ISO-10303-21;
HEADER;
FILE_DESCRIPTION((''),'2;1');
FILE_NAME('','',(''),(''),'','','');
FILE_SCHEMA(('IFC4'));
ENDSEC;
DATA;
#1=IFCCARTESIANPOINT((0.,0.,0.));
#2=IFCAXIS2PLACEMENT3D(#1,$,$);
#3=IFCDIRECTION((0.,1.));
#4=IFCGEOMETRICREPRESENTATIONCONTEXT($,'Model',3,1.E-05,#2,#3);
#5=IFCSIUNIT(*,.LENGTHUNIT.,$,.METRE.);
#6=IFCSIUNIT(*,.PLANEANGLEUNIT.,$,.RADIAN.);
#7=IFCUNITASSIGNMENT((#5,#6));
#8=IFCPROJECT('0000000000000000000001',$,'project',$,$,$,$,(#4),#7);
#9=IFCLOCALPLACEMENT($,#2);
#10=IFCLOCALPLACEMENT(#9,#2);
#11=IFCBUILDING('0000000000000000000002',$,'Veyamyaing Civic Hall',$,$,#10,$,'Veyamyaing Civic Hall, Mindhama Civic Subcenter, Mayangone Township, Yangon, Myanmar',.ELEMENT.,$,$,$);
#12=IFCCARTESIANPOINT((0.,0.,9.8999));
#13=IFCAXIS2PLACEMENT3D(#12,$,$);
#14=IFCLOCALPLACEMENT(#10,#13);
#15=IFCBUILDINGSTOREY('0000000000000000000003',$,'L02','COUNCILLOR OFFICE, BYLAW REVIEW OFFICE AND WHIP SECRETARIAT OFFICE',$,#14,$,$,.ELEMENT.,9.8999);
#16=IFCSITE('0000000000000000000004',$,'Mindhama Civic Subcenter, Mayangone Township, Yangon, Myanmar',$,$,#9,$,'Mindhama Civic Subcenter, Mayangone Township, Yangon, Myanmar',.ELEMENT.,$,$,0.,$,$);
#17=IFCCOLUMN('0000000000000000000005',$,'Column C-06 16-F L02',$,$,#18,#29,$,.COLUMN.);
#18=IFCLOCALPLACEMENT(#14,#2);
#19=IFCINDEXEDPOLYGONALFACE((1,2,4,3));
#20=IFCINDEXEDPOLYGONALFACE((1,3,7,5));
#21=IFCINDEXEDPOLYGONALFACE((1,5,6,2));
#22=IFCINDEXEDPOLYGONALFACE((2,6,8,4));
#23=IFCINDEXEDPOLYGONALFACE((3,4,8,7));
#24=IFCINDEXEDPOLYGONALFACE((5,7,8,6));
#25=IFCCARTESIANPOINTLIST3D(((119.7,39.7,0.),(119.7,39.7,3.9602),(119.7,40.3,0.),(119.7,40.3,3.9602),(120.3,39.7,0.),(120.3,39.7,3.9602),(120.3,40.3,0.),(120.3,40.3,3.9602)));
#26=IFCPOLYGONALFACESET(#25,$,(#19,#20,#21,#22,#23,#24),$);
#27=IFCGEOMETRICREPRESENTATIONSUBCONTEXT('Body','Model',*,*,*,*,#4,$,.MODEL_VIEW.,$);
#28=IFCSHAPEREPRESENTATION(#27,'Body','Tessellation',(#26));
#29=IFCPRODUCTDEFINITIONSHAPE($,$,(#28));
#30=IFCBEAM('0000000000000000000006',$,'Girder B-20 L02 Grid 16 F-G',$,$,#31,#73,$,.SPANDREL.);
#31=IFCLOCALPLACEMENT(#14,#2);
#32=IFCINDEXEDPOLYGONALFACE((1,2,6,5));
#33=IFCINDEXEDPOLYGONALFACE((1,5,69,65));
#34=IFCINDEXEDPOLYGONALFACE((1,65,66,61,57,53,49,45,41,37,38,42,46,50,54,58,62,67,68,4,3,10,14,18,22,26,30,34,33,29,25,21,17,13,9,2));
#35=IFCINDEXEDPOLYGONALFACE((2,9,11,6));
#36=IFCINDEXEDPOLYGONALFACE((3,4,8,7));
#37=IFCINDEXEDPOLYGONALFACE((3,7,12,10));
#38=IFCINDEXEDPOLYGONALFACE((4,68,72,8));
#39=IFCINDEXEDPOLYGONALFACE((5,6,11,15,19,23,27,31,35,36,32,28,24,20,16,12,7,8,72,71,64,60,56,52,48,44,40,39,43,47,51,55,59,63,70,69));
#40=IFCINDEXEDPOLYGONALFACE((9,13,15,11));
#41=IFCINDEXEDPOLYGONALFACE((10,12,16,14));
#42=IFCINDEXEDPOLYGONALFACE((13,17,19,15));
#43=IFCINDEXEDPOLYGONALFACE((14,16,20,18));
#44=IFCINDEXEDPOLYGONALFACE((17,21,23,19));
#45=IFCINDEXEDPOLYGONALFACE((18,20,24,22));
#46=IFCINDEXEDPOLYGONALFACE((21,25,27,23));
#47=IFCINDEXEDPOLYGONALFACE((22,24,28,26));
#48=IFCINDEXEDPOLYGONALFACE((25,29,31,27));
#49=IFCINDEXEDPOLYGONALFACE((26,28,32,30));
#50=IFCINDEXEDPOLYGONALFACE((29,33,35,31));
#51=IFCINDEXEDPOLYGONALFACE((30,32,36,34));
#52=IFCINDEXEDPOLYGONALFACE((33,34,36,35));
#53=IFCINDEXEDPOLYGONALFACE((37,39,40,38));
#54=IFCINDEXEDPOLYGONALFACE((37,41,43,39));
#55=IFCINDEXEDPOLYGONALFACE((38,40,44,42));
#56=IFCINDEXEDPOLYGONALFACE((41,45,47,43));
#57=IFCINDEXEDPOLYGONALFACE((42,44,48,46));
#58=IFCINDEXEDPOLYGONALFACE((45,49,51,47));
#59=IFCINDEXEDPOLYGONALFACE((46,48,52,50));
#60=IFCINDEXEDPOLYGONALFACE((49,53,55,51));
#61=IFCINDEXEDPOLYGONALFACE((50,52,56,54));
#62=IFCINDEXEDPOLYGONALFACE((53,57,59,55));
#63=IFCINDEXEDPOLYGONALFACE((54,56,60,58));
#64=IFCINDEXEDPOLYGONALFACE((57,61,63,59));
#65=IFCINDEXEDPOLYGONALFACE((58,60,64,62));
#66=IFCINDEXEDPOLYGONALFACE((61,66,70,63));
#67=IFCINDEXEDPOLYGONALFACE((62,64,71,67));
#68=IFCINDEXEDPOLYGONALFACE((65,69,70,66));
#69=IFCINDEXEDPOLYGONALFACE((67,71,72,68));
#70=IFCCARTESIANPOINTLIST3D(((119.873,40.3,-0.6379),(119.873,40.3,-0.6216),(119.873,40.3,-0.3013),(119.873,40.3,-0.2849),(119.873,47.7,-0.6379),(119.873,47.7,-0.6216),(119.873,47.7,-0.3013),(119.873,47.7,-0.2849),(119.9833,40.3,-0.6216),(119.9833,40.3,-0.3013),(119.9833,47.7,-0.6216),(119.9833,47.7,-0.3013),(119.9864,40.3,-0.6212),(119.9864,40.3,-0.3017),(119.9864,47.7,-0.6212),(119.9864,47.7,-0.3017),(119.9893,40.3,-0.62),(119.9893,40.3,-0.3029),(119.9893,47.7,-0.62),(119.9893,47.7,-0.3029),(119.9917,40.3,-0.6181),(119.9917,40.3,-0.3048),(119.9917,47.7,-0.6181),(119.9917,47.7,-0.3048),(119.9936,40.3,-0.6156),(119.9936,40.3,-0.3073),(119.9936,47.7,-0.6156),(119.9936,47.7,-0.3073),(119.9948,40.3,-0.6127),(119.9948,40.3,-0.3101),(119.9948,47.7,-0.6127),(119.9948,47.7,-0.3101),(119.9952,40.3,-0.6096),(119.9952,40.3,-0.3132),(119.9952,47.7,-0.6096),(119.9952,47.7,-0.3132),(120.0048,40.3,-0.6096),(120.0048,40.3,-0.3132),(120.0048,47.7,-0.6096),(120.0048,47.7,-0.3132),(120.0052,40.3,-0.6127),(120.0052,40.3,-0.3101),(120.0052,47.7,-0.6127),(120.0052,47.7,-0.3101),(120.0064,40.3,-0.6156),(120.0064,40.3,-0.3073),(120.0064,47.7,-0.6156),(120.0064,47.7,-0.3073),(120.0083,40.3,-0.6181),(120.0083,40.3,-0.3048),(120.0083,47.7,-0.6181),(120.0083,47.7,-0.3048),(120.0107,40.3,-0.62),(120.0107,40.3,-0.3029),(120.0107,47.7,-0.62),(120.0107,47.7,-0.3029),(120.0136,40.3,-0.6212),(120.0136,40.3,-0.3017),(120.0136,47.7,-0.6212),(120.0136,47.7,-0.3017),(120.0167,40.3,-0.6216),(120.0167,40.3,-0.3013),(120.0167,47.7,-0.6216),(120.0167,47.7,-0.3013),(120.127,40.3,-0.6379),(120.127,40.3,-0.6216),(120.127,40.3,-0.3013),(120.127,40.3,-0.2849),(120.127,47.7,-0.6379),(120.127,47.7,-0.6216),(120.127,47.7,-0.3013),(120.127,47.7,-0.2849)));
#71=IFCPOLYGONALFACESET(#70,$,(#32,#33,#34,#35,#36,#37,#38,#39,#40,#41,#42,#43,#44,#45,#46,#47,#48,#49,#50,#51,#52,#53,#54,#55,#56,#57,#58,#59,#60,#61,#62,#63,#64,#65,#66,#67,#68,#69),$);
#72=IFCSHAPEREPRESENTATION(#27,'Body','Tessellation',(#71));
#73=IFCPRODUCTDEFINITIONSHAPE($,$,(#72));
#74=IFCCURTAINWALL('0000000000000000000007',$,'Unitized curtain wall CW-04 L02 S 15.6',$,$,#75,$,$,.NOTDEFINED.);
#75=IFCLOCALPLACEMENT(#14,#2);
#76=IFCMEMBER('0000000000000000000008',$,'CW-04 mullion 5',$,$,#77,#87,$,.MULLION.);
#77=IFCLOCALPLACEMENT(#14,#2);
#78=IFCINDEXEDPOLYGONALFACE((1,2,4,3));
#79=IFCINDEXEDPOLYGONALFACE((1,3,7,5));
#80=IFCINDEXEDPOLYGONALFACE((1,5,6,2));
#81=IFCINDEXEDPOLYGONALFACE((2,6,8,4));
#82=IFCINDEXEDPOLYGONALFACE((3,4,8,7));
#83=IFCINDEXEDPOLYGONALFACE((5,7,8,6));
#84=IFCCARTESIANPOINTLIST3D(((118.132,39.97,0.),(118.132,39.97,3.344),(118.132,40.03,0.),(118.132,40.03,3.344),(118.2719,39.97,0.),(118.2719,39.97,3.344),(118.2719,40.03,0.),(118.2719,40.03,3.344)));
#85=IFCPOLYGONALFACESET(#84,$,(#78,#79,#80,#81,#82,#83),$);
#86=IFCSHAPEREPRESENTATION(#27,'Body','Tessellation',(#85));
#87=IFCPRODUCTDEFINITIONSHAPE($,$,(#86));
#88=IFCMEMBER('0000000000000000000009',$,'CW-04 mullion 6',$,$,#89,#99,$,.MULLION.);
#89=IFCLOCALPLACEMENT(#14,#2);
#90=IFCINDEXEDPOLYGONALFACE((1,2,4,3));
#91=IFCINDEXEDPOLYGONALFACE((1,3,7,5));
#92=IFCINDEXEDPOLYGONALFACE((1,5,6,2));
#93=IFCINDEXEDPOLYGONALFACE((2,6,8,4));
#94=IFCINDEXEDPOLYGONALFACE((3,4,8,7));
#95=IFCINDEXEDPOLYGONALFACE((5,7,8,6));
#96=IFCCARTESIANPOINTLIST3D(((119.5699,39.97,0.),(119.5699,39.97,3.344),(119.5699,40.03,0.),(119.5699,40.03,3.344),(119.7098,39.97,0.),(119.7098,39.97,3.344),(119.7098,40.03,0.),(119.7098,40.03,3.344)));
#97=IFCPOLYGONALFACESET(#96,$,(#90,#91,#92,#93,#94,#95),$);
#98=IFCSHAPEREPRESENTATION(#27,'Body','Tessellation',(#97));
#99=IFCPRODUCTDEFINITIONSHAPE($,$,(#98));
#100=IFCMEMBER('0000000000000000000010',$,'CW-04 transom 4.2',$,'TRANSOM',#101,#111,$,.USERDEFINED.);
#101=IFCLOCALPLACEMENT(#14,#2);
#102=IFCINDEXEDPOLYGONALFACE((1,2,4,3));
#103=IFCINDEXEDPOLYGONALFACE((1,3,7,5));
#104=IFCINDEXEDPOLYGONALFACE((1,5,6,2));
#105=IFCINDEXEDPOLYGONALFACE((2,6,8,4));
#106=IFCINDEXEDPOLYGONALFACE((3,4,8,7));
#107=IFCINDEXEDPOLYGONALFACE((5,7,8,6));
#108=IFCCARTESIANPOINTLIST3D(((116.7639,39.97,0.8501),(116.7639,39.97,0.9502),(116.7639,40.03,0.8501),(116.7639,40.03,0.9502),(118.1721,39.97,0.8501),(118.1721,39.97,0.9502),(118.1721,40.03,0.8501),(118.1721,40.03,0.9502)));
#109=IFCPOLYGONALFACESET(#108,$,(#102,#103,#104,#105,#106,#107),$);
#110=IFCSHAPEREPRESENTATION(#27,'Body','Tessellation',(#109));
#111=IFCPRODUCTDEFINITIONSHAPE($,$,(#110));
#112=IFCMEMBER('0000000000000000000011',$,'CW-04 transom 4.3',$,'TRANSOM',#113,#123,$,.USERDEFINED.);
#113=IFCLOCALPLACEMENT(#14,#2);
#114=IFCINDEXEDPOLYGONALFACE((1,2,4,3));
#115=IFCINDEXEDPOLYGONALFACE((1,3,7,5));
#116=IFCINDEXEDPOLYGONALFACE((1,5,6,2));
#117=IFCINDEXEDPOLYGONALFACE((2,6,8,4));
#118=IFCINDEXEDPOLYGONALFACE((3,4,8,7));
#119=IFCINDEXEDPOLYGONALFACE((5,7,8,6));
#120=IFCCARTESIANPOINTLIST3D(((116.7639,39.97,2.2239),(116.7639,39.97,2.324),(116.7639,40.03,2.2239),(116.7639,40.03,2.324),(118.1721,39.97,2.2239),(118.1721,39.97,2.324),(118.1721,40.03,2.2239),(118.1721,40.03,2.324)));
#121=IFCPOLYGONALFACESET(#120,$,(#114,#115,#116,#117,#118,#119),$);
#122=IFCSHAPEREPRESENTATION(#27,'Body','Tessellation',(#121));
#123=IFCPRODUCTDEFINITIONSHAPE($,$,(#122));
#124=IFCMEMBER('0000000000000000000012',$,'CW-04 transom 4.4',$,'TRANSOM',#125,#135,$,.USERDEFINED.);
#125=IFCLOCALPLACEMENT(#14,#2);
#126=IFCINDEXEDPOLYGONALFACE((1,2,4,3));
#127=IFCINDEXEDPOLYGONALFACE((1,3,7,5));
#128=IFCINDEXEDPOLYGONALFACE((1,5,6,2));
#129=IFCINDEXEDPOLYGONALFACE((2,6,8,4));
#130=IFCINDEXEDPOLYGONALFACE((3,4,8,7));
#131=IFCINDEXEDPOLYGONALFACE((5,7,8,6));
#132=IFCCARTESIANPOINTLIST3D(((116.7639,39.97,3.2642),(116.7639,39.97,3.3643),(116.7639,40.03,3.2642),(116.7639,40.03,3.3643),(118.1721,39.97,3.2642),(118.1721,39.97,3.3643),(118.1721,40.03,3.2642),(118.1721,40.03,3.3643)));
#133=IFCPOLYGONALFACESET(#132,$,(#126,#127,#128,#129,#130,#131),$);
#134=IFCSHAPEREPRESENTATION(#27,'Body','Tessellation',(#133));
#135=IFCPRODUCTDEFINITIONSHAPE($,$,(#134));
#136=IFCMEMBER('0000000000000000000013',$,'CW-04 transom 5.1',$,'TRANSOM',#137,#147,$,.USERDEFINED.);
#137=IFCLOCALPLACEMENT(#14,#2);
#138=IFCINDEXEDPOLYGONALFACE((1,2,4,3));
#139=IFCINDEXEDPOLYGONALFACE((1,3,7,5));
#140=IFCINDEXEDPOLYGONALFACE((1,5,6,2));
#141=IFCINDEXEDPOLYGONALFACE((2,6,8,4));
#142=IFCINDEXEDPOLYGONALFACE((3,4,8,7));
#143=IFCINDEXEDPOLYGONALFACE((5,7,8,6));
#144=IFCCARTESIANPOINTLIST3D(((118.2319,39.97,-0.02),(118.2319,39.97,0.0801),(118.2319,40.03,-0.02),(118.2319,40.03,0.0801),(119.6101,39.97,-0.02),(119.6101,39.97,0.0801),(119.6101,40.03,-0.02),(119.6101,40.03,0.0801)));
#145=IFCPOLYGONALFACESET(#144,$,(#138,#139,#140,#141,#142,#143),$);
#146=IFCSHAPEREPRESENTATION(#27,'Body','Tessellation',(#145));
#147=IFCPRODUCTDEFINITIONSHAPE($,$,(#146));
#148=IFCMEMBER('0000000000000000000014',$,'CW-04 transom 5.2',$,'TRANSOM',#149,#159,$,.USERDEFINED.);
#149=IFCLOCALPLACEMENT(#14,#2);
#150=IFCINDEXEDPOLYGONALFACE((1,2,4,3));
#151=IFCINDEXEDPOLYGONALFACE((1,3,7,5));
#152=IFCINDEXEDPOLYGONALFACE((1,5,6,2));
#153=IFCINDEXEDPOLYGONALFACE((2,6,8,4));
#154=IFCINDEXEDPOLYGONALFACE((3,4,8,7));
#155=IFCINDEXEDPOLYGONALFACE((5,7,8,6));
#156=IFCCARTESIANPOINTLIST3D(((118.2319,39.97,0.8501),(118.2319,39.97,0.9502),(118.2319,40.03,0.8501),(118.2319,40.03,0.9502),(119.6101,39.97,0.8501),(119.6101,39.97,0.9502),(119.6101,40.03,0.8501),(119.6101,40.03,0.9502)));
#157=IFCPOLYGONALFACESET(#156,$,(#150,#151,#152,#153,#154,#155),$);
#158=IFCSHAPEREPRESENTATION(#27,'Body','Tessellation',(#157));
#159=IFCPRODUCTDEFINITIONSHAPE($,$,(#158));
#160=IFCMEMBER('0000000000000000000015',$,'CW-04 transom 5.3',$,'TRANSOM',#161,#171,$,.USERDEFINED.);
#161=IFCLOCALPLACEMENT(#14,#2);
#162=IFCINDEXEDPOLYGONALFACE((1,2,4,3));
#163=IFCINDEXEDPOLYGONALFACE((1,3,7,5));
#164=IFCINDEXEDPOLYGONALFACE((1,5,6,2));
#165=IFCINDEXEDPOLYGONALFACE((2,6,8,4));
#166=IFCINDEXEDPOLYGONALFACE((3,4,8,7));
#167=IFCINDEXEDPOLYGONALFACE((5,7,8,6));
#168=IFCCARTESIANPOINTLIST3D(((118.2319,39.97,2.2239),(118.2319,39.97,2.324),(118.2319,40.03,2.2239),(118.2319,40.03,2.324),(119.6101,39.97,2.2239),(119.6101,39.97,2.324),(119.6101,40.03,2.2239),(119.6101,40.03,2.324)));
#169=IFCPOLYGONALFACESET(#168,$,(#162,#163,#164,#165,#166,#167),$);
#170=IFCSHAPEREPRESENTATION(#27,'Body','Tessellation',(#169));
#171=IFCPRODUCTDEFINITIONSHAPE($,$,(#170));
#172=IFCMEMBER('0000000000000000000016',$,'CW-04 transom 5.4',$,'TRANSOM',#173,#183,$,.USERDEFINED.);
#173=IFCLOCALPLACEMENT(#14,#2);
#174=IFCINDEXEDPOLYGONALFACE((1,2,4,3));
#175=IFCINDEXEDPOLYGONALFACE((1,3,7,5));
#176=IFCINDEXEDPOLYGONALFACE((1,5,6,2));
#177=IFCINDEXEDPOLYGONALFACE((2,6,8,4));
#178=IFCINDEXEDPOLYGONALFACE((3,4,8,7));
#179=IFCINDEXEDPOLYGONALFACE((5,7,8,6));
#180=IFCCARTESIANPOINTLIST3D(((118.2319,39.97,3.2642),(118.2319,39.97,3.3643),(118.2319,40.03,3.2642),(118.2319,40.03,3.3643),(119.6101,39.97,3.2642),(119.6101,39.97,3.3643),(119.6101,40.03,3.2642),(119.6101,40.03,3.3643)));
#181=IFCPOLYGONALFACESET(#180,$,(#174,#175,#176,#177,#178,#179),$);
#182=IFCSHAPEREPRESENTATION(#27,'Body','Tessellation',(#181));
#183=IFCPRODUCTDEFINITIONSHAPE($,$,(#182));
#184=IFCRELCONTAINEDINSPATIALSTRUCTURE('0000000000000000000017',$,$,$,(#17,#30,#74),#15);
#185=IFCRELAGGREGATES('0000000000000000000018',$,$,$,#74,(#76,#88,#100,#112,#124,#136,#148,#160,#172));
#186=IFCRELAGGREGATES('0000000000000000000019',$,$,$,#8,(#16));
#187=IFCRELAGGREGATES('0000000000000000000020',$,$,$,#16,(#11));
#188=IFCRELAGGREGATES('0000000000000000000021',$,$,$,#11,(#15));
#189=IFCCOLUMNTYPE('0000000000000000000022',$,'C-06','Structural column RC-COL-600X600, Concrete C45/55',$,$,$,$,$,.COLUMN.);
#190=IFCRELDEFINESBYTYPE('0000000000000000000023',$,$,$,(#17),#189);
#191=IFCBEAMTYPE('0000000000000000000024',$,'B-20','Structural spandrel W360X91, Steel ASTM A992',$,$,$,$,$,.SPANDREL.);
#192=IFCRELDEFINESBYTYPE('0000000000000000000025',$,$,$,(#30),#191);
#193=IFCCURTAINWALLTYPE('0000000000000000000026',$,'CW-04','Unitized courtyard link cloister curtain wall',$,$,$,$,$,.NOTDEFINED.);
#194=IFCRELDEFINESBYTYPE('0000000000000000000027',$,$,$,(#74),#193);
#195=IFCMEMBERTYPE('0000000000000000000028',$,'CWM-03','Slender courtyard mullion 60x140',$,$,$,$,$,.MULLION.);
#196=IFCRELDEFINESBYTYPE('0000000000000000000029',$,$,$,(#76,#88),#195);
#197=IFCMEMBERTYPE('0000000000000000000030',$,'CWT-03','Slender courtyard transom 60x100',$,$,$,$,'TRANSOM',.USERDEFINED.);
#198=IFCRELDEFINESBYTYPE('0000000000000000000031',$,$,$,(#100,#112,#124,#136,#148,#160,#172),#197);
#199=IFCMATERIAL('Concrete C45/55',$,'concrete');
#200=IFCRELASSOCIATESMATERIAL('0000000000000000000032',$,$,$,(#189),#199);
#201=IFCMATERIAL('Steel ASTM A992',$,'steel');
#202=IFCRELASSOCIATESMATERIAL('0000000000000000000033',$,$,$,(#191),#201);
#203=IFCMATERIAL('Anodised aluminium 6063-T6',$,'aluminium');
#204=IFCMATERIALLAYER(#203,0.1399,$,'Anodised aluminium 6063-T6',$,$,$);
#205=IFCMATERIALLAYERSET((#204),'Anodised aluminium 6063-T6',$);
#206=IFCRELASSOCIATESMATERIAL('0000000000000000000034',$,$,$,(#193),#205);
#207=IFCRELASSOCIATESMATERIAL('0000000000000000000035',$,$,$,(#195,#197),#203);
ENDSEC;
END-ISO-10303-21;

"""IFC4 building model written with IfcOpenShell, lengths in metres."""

from ifc_helpers import new_model, si_unit, direction, frame, origin, origin_2d, place, context, subcontext, project, spatial, rectangle, i_section, extrude, material, layer, layer_set, material_profile, profile_set, type_object, element, aggregate, save


model = new_model("IFC4")

# Units and contexts
model_context = context("Model", 3, precision=1e-05, world=origin(), true_north=direction((0.0, 1.0)))
body_context = subcontext(model_context, "Body", "Model", "MODEL_VIEW")
ifc_project = project(units=[si_unit("LENGTHUNIT", "METRE"), si_unit("PLANEANGLEUNIT", "RADIAN")], contexts=[model_context])

# Site, building, storey
site_placement = place(None, origin())
site = spatial("IfcSite", under=ifc_project, at=site_placement, Name="Mindhama Civic Subcenter, Mayangone Township, Yangon, Myanmar", LongName="Mindhama Civic Subcenter, Mayangone Township, Yangon, Myanmar", CompositionType="ELEMENT", RefElevation=0.0)
building_placement = place(site_placement, origin())
building = spatial("IfcBuilding", under=site, at=building_placement, Name="Veyamyaing Civic Hall", LongName="Veyamyaing Civic Hall, Mindhama Civic Subcenter, Mayangone Township, Yangon, Myanmar", CompositionType="ELEMENT")
storey_placement = place(building_placement, frame((0.0, 0.0, 9.8999)))
storey = spatial("IfcBuildingStorey", under=building, at=storey_placement, Name="L02", Description="COUNCILLOR OFFICE, BYLAW REVIEW OFFICE AND WHIP SECRETARIAT OFFICE", CompositionType="ELEMENT", Elevation=9.8999)

# Column
ifc_material_1 = material(Name="Concrete C45/55", Category="concrete")
ifc_material_profile_1 = material_profile(ifc_material_1, rectangle(XDim=0.6001, YDim=0.6001, at=origin_2d()), Name="RC-COL-600X600")
ifc_profile_set_1 = profile_set([ifc_material_profile_1], Name="Concrete C45/55")
column_type = type_object("IfcColumnType", Name="C-06", Description="Structural column RC-COL-600X600, Concrete C45/55", PredefinedType="COLUMN", material=ifc_profile_set_1)
column_placement = place(storey_placement, frame((120.0, 40.0, 0.0), z_axis=(0.0, 0.0, 1.0), x_axis=(1.0, 0.0, 0.0)))
element("IfcColumn", 1, at=column_placement, inside=storey, type_object=column_type, Name="Column C-06 16-F L02", PredefinedType="COLUMN", context=body_context, shape_type="SweptSolid", body=[
    extrude(rectangle(XDim=0.6001, YDim=0.6001, at=origin_2d()), origin(), (0.0, 0.0, 1.0), 3.9602),
])

# Beam
ifc_material_2 = material(Name="Steel ASTM A992", Category="steel")
ifc_material_profile_2 = material_profile(ifc_material_2, i_section(OverallWidth=0.2539, OverallDepth=0.353, WebThickness=0.0095, FlangeThickness=0.0164, FilletRadius=0.012, at=origin_2d()), Name="W360X91")
ifc_profile_set_2 = profile_set([ifc_material_profile_2], Name="Steel ASTM A992")
beam_type = type_object("IfcBeamType", Name="B-20", Description="Structural spandrel W360X91, Steel ASTM A992", PredefinedType="SPANDREL", material=ifc_profile_set_2)
beam_placement = place(storey_placement, frame((120.0, 40.3, -0.4614), z_axis=(0.0, 1.0, 0.0), x_axis=(-1.0, 0.0, 0.0)))
element("IfcBeam", 2, at=beam_placement, inside=storey, type_object=beam_type, Name="Girder B-20 L02 Grid 16 F-G", PredefinedType="SPANDREL", context=body_context, shape_type="SweptSolid", body=[
    extrude(i_section(OverallWidth=0.2539, OverallDepth=0.353, WebThickness=0.0095, FlangeThickness=0.0164, FilletRadius=0.012, at=origin_2d()), origin(), (0.0, 0.0, 1.0), 7.3999),
])

# Curtain wall, members
ifc_material_3 = material(Name="Anodised aluminium 6063-T6", Category="aluminium")
ifc_layer_1 = layer(ifc_material_3, 0.1399, Name="Anodised aluminium 6063-T6")
ifc_layer_set_1 = layer_set([ifc_layer_1], Name="Anodised aluminium 6063-T6")
curtain_wall_type = type_object("IfcCurtainWallType", Name="CW-04", Description="Unitized courtyard link cloister curtain wall", PredefinedType="NOTDEFINED", material=ifc_layer_set_1)
curtain_wall_placement = place(storey_placement, origin())
curtain_wall = element("IfcCurtainWall", 3, at=curtain_wall_placement, inside=storey, type_object=curtain_wall_type, Name="Unitized curtain wall CW-04 L02 S 15.6", PredefinedType="NOTDEFINED")
ifc_material_profile_3 = material_profile(ifc_material_3, rectangle(XDim=0.0601, YDim=0.1399, at=origin_2d()), Name="ALU-MUL-60X140")
ifc_profile_set_3 = profile_set([ifc_material_profile_3], Name="Anodised aluminium 6063-T6")
member_type_1 = type_object("IfcMemberType", Name="CWM-03", Description="Slender courtyard mullion 60x140", PredefinedType="MULLION", material=ifc_profile_set_3)
member_1_placement = place(storey_placement, frame((118.2019, 40.0, 0.0), z_axis=(0.0, 0.0, 1.0), x_axis=(0.0, 1.0, 0.0)))
member_1 = element("IfcMember", 4, at=member_1_placement, type_object=member_type_1, Name="CW-04 mullion 5", PredefinedType="MULLION", context=body_context, shape_type="SweptSolid", body=[
    extrude(rectangle(XDim=0.0601, YDim=0.1399, at=origin_2d()), origin(), (0.0, 0.0, 1.0), 3.344),
])
member_2_placement = place(storey_placement, frame((119.6399, 40.0, 0.0), z_axis=(0.0, 0.0, 1.0), x_axis=(0.0, 1.0, 0.0)))
member_2 = element("IfcMember", 5, at=member_2_placement, type_object=member_type_1, Name="CW-04 mullion 6", PredefinedType="MULLION", context=body_context, shape_type="SweptSolid", body=[
    extrude(rectangle(XDim=0.0601, YDim=0.1399, at=origin_2d()), origin(), (0.0, 0.0, 1.0), 3.344),
])
ifc_material_profile_4 = material_profile(ifc_material_3, rectangle(XDim=0.0601, YDim=0.1001, at=origin_2d()), Name="ALU-TRN-60X100")
ifc_profile_set_4 = profile_set([ifc_material_profile_4], Name="Anodised aluminium 6063-T6")
member_type_2 = type_object("IfcMemberType", Name="CWT-03", Description="Slender courtyard transom 60x100", ElementType="TRANSOM", PredefinedType="USERDEFINED", material=ifc_profile_set_4)
member_3_placement = place(storey_placement, frame((116.7639, 40.0, 0.9001), z_axis=(1.0, 0.0, 0.0), x_axis=(0.0, 1.0, 0.0)))
member_3 = element("IfcMember", 6, at=member_3_placement, type_object=member_type_2, Name="CW-04 transom 4.2", ObjectType="TRANSOM", PredefinedType="USERDEFINED", context=body_context, shape_type="SweptSolid", body=[
    extrude(rectangle(XDim=0.0601, YDim=0.1001, at=origin_2d()), origin(), (0.0, 0.0, 1.0), 1.4082),
])
member_4_placement = place(storey_placement, frame((116.7639, 40.0, 2.2739), z_axis=(1.0, 0.0, 0.0), x_axis=(0.0, 1.0, 0.0)))
member_4 = element("IfcMember", 7, at=member_4_placement, type_object=member_type_2, Name="CW-04 transom 4.3", ObjectType="TRANSOM", PredefinedType="USERDEFINED", context=body_context, shape_type="SweptSolid", body=[
    extrude(rectangle(XDim=0.0601, YDim=0.1001, at=origin_2d()), origin(), (0.0, 0.0, 1.0), 1.4082),
])
member_5_placement = place(storey_placement, frame((116.7639, 40.0, 3.3142), z_axis=(1.0, 0.0, 0.0), x_axis=(0.0, 1.0, 0.0)))
member_5 = element("IfcMember", 8, at=member_5_placement, type_object=member_type_2, Name="CW-04 transom 4.4", ObjectType="TRANSOM", PredefinedType="USERDEFINED", context=body_context, shape_type="SweptSolid", body=[
    extrude(rectangle(XDim=0.0601, YDim=0.1001, at=origin_2d()), origin(), (0.0, 0.0, 1.0), 1.4082),
])
member_6_placement = place(storey_placement, frame((118.2319, 40.0, 0.03), z_axis=(1.0, 0.0, 0.0), x_axis=(0.0, 1.0, 0.0)))
member_6 = element("IfcMember", 9, at=member_6_placement, type_object=member_type_2, Name="CW-04 transom 5.1", ObjectType="TRANSOM", PredefinedType="USERDEFINED", context=body_context, shape_type="SweptSolid", body=[
    extrude(rectangle(XDim=0.0601, YDim=0.1001, at=origin_2d()), origin(), (0.0, 0.0, 1.0), 1.3782),
])
member_7_placement = place(storey_placement, frame((118.2319, 40.0, 0.9001), z_axis=(1.0, 0.0, 0.0), x_axis=(0.0, 1.0, 0.0)))
member_7 = element("IfcMember", 10, at=member_7_placement, type_object=member_type_2, Name="CW-04 transom 5.2", ObjectType="TRANSOM", PredefinedType="USERDEFINED", context=body_context, shape_type="SweptSolid", body=[
    extrude(rectangle(XDim=0.0601, YDim=0.1001, at=origin_2d()), origin(), (0.0, 0.0, 1.0), 1.3782),
])
member_8_placement = place(storey_placement, frame((118.2319, 40.0, 2.2739), z_axis=(1.0, 0.0, 0.0), x_axis=(0.0, 1.0, 0.0)))
member_8 = element("IfcMember", 11, at=member_8_placement, type_object=member_type_2, Name="CW-04 transom 5.3", ObjectType="TRANSOM", PredefinedType="USERDEFINED", context=body_context, shape_type="SweptSolid", body=[
    extrude(rectangle(XDim=0.0601, YDim=0.1001, at=origin_2d()), origin(), (0.0, 0.0, 1.0), 1.3782),
])
member_9_placement = place(storey_placement, frame((118.2319, 40.0, 3.3142), z_axis=(1.0, 0.0, 0.0), x_axis=(0.0, 1.0, 0.0)))
member_9 = element("IfcMember", 12, at=member_9_placement, type_object=member_type_2, Name="CW-04 transom 5.4", ObjectType="TRANSOM", PredefinedType="USERDEFINED", context=body_context, shape_type="SweptSolid", body=[
    extrude(rectangle(XDim=0.0601, YDim=0.1001, at=origin_2d()), origin(), (0.0, 0.0, 1.0), 1.3782),
])
aggregate(curtain_wall, [member_1, member_2, member_3, member_4, member_5, member_6, member_7, member_8, member_9])

save(model, "model.ifc")
